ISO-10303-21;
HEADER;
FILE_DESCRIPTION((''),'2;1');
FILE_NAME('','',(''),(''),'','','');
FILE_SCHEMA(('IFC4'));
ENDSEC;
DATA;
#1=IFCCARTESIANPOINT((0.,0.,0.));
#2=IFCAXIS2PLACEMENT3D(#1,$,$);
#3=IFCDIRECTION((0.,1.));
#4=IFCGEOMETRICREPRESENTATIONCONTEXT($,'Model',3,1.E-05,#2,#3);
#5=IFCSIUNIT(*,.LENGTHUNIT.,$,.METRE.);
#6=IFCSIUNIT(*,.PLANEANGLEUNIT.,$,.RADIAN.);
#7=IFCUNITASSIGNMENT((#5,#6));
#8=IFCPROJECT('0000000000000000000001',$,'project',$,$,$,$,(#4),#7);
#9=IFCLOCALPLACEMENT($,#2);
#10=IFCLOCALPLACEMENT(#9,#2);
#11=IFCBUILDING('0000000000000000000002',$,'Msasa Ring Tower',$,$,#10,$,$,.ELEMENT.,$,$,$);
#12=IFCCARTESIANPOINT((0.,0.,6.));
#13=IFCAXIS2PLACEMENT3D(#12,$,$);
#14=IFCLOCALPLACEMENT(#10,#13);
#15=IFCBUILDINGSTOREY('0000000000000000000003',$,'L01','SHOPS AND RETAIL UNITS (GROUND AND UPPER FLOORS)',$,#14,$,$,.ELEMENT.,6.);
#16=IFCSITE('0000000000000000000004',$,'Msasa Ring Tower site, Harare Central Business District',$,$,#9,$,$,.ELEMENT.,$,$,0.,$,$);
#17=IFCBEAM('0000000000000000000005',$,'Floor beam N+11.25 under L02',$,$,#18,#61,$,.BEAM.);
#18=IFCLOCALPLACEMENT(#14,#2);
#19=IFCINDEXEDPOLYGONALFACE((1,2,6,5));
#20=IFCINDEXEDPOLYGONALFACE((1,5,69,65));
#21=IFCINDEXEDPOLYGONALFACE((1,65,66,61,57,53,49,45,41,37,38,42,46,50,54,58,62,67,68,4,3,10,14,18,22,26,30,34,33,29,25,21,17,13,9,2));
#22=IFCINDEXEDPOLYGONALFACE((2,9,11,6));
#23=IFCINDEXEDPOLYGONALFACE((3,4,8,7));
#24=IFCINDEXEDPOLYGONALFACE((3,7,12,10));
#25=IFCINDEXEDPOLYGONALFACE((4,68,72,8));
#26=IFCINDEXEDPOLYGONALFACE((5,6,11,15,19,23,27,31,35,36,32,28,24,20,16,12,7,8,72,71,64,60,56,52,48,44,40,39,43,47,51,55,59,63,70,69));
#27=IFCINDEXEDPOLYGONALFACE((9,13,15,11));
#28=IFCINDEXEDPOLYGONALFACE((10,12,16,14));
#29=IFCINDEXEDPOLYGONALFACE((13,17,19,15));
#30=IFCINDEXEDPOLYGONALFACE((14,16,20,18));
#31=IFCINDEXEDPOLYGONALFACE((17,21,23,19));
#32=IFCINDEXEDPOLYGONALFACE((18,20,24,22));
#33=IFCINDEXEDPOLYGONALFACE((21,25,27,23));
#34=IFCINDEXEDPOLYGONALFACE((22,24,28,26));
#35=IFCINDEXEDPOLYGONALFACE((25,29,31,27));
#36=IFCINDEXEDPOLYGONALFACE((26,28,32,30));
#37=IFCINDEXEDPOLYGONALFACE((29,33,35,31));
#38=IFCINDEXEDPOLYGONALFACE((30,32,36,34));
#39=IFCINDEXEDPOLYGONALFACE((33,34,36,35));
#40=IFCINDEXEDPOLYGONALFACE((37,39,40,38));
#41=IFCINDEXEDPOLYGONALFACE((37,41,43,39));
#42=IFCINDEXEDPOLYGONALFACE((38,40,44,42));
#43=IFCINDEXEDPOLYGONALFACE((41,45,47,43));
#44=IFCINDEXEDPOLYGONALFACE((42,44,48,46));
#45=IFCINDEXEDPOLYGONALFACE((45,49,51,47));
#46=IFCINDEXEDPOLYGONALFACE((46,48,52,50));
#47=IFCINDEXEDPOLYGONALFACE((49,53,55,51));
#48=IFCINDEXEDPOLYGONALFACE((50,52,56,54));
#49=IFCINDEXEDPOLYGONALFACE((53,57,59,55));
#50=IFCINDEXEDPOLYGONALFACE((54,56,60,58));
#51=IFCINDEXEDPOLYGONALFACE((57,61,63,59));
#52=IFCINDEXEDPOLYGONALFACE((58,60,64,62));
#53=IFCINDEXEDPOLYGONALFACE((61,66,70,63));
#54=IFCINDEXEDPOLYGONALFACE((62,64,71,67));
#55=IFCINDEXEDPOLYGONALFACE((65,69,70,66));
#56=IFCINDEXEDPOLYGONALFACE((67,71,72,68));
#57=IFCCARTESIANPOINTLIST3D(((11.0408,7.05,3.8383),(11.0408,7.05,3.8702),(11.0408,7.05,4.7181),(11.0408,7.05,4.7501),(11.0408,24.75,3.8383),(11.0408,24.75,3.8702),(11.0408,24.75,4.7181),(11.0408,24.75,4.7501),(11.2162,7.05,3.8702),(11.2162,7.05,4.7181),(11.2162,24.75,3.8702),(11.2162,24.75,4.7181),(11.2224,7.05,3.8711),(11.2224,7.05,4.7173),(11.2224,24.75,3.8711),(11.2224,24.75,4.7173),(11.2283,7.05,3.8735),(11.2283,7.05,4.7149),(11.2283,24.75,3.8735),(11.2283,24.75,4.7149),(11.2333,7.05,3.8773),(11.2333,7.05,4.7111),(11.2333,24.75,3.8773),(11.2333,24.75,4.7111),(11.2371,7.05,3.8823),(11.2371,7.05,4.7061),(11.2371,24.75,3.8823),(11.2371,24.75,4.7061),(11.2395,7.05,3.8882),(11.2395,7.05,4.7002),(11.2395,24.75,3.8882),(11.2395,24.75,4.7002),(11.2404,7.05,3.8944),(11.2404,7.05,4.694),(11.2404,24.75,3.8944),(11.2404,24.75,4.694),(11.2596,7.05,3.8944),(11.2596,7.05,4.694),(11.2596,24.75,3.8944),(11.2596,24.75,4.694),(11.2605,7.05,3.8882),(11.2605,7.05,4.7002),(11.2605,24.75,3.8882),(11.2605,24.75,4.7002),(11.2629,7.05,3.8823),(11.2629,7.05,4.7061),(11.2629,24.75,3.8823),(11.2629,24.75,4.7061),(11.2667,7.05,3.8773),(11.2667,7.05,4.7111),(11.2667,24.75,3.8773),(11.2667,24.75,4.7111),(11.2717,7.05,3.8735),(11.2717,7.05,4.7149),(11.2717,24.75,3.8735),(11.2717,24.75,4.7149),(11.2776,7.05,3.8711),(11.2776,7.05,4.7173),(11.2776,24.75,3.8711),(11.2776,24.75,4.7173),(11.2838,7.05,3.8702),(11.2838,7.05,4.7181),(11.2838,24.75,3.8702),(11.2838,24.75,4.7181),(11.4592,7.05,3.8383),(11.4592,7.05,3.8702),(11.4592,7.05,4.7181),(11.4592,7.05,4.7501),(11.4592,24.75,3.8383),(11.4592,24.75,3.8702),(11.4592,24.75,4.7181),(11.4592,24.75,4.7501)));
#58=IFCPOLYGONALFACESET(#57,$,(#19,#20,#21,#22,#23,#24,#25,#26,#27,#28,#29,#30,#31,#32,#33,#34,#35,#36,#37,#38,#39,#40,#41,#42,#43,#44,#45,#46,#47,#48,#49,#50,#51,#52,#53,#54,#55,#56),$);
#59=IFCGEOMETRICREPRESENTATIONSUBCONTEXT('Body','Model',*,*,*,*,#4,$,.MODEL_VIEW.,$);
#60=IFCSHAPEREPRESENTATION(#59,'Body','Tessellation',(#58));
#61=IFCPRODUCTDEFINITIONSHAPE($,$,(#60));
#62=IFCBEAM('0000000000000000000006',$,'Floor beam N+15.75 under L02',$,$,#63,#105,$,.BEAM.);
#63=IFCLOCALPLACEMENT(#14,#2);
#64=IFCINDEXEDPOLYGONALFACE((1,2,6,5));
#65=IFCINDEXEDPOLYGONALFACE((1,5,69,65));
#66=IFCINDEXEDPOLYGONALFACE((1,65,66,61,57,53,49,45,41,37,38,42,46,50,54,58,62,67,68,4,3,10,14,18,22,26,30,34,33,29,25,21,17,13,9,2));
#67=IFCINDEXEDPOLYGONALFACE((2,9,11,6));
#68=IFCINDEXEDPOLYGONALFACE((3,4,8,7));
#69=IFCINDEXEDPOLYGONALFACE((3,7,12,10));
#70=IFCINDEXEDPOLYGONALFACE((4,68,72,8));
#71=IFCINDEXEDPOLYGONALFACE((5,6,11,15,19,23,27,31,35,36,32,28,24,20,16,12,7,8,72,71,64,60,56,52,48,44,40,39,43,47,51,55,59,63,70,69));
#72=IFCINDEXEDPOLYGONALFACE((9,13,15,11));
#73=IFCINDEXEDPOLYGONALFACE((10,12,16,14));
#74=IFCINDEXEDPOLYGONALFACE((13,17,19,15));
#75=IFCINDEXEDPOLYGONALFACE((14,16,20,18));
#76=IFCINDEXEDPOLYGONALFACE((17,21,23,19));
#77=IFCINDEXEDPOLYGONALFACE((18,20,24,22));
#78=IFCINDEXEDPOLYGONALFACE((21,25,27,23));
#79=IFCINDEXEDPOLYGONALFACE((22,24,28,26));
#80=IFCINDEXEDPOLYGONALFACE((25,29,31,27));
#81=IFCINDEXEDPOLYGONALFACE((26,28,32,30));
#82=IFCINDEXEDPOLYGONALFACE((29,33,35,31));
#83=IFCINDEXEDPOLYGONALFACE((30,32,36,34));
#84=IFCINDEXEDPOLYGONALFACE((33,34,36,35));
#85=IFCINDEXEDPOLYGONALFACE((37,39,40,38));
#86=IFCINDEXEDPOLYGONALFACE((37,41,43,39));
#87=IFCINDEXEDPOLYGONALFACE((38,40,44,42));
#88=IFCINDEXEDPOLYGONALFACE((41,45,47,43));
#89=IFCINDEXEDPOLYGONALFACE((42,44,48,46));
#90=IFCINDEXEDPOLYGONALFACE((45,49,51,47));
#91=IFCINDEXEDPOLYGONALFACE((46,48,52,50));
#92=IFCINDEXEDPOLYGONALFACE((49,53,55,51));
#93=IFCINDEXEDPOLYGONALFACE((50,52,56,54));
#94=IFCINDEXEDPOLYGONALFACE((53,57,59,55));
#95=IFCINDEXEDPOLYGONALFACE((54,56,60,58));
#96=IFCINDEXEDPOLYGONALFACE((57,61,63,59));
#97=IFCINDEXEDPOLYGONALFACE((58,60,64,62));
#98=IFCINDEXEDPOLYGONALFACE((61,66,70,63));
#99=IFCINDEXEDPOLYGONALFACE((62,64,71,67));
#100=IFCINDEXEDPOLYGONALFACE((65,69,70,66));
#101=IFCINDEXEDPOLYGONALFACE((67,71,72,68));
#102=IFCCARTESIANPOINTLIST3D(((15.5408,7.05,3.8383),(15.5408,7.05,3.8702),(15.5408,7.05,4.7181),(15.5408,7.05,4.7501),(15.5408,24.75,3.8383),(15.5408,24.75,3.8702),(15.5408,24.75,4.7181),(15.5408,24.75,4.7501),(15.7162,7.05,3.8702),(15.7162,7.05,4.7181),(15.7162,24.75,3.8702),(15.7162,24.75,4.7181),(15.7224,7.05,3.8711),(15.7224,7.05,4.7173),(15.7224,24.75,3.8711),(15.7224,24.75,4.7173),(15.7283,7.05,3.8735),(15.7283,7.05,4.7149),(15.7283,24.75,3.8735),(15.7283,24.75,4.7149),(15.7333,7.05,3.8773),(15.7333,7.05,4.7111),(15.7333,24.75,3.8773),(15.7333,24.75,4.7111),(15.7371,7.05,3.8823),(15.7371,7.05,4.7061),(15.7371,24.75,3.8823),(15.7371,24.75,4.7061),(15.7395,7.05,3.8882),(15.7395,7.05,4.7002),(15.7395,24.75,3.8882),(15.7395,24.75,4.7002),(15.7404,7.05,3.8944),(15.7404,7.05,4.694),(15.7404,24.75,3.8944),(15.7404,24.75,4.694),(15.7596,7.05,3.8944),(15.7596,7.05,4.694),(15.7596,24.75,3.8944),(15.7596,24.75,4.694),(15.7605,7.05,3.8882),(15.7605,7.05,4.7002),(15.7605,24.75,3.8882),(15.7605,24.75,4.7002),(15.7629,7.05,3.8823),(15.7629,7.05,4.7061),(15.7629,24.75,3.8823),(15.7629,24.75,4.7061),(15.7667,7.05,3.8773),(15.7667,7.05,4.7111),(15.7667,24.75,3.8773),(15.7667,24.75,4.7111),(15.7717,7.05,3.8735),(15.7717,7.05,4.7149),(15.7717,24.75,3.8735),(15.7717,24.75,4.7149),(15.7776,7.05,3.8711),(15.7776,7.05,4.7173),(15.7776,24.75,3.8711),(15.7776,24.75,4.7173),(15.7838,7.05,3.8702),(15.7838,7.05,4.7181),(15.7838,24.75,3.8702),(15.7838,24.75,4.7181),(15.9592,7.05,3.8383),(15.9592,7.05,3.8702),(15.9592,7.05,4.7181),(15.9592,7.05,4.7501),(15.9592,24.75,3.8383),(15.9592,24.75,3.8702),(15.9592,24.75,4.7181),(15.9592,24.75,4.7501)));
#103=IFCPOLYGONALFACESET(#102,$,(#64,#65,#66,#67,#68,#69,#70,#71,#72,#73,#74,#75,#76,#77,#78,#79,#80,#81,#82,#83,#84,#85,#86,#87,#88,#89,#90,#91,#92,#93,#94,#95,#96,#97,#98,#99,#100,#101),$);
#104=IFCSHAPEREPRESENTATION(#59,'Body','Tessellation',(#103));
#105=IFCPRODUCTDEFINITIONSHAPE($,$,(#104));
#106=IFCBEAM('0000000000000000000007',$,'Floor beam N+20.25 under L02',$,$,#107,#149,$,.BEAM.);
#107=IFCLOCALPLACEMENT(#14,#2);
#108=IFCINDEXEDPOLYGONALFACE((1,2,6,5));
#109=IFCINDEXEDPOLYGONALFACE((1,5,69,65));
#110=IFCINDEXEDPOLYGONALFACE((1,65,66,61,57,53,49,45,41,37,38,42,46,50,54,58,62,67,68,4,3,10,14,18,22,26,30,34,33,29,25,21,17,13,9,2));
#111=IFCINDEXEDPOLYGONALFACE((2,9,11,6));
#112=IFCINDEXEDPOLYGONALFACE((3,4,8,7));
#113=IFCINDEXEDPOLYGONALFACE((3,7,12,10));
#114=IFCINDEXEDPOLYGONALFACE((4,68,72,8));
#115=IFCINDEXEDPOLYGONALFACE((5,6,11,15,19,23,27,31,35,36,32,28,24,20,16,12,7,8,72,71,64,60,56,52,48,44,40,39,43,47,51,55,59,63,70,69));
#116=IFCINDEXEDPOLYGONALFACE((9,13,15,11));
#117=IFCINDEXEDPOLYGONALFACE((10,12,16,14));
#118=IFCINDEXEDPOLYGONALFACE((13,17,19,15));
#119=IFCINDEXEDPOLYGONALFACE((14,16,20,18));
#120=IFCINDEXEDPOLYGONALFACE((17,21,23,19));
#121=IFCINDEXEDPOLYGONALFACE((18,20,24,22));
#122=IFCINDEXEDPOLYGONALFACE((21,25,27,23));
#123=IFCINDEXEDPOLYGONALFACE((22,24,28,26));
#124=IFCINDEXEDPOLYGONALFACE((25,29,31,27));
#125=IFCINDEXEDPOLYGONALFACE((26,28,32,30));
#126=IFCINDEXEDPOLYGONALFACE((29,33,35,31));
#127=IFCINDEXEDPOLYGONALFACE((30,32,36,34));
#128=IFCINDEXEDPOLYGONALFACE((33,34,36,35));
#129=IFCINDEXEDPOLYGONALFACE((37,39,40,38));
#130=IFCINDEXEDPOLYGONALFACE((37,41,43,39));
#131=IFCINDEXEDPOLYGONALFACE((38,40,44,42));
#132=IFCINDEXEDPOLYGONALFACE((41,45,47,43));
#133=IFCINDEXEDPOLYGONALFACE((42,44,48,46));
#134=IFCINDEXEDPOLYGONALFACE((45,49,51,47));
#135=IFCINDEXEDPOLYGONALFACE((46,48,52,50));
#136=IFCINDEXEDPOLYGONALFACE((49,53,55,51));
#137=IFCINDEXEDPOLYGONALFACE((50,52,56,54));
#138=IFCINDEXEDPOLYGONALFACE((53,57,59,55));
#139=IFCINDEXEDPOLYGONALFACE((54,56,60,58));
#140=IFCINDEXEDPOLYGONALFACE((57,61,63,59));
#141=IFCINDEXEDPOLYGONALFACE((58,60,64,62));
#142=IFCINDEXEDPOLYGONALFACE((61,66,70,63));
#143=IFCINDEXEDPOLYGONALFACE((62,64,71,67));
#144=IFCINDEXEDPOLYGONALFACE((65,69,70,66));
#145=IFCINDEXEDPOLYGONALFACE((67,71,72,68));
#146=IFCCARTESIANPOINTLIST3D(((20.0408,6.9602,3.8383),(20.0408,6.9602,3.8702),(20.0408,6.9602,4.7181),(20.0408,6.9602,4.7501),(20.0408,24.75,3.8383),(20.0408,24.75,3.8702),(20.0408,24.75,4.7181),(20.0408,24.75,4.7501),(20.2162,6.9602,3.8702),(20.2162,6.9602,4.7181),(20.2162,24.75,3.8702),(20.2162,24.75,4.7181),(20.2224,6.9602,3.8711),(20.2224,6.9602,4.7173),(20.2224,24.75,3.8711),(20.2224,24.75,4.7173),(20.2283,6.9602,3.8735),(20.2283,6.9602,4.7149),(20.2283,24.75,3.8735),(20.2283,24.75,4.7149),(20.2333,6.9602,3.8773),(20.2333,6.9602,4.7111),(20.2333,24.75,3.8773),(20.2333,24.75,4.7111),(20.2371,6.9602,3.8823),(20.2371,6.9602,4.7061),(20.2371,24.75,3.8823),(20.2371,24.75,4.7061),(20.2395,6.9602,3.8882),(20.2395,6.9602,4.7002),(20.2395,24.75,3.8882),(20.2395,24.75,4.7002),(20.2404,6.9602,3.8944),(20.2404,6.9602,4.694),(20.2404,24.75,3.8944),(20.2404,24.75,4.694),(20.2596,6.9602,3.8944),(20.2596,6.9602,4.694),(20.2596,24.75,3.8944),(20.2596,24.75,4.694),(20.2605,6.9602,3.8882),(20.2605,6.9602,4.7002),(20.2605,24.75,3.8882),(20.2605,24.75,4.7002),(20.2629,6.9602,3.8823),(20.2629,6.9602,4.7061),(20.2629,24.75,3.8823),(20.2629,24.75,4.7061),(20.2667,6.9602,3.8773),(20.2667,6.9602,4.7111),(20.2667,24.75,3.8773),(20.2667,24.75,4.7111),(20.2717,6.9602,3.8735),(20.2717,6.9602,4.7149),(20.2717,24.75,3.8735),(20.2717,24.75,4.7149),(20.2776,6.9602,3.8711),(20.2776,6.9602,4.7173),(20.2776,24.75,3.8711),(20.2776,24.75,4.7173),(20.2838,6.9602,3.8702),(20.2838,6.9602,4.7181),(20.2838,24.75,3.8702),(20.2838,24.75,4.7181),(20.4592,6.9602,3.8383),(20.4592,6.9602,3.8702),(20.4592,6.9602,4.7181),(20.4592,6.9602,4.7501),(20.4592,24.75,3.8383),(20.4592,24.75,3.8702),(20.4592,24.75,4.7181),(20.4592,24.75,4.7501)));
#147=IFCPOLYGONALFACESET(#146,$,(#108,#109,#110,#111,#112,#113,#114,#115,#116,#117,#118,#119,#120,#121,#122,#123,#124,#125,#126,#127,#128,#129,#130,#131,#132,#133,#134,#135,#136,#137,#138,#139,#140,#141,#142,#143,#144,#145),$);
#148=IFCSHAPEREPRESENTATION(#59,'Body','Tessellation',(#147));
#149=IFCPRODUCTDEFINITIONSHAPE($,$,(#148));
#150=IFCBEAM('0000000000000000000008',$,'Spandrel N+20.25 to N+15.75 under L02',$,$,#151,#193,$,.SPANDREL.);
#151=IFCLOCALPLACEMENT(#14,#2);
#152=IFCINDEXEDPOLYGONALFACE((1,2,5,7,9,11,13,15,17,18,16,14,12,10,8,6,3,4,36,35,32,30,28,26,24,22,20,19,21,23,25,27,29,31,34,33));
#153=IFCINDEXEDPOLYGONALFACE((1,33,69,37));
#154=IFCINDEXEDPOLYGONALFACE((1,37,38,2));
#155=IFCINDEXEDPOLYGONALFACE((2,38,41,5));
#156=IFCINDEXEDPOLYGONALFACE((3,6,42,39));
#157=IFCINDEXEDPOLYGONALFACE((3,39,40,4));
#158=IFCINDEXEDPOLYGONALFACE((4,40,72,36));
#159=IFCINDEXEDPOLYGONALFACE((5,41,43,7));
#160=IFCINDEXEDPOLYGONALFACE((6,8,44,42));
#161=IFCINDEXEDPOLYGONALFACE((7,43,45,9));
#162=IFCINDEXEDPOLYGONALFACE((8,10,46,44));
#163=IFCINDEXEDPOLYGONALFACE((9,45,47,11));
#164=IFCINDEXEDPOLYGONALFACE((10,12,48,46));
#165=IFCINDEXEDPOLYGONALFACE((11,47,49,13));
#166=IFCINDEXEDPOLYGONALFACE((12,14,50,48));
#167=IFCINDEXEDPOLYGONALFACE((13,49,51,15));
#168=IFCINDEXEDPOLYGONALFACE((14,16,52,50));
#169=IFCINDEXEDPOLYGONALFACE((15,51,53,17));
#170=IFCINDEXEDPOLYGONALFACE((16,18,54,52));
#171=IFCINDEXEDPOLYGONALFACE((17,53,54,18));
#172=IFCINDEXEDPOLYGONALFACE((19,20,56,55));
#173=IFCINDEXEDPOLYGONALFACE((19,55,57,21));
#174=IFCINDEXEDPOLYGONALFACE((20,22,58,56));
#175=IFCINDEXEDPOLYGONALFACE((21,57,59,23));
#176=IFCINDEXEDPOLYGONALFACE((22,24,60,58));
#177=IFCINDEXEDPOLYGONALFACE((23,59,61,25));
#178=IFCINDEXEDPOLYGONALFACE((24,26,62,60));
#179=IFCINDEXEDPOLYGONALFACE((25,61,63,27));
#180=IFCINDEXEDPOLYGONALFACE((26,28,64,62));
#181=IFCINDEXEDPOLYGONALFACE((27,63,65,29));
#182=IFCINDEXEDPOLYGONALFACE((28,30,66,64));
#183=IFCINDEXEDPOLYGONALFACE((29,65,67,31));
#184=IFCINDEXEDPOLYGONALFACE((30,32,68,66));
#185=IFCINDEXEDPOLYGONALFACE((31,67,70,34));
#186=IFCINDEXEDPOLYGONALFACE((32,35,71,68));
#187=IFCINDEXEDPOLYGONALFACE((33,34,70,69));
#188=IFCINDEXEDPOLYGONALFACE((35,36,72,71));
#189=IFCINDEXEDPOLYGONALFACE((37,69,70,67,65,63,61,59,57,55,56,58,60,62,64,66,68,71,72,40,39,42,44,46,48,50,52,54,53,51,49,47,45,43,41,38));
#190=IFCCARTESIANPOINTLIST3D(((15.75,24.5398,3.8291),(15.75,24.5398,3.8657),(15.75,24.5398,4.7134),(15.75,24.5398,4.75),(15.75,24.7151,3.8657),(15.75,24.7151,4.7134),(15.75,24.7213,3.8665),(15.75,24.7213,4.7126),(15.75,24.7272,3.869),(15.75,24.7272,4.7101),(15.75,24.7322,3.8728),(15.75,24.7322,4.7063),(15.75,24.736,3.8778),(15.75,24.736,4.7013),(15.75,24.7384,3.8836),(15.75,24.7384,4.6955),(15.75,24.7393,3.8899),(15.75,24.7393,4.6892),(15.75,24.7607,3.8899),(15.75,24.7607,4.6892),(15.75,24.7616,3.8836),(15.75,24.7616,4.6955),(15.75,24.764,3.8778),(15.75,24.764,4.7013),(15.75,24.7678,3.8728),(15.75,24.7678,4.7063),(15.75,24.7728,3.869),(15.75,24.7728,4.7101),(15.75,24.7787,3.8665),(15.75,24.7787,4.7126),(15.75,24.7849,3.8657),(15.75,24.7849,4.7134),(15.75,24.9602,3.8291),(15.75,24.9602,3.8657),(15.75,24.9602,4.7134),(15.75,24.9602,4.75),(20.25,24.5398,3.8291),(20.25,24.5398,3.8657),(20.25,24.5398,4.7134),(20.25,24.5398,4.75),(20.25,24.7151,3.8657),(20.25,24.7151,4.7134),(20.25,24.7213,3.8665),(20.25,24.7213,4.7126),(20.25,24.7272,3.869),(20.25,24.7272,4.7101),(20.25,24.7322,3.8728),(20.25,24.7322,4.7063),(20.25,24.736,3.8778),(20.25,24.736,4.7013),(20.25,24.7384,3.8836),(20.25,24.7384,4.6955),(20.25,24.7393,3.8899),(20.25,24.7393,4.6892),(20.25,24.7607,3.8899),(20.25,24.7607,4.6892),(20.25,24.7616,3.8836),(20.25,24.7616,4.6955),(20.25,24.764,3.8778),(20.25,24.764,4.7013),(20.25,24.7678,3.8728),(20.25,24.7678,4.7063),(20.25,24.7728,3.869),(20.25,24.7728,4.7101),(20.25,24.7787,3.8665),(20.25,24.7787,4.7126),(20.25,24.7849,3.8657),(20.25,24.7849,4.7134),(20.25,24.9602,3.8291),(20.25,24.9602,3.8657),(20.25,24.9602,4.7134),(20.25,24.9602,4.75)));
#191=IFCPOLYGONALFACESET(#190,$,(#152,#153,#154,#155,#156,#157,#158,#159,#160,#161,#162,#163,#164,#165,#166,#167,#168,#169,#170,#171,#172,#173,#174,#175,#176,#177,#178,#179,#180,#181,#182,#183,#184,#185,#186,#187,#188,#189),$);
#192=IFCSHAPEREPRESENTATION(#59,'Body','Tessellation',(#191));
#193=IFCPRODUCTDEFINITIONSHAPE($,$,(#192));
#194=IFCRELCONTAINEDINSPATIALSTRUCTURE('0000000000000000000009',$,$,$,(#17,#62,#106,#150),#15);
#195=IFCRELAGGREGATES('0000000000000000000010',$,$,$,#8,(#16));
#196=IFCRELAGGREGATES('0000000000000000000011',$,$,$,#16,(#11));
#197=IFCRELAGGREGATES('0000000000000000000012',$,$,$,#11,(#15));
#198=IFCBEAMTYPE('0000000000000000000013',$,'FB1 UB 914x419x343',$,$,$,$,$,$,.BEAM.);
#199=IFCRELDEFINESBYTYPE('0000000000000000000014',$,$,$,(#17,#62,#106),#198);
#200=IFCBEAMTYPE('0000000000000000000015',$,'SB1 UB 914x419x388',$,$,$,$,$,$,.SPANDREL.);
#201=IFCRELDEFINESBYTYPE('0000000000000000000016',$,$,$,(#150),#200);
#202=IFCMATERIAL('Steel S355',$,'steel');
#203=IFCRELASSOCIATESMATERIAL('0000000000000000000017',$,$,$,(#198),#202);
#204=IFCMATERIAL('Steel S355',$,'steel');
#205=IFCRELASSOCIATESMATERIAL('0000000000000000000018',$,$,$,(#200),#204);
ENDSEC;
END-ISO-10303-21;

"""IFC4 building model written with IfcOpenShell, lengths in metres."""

from ifc_helpers import new_model, si_unit, direction, frame, origin, origin_2d, place, context, subcontext, project, spatial, i_section, extrude, material, material_profile, profile_set, type_object, element, save


model = new_model("IFC4")

# Units and contexts
model_context = context("Model", 3, precision=1e-05, world=origin(), true_north=direction((0.0, 1.0)))
body_context = subcontext(model_context, "Body", "Model", "MODEL_VIEW")
ifc_project = project(units=[si_unit("LENGTHUNIT", "METRE"), si_unit("PLANEANGLEUNIT", "RADIAN")], contexts=[model_context])

# Site, building, storey
site_placement = place(None, origin())
site = spatial("IfcSite", under=ifc_project, at=site_placement, Name="Msasa Ring Tower site, Harare Central Business District", CompositionType="ELEMENT", RefElevation=0.0)
building_placement = place(site_placement, origin())
building = spatial("IfcBuilding", under=site, at=building_placement, Name="Msasa Ring Tower", CompositionType="ELEMENT")
storey_placement = place(building_placement, frame((0.0, 0.0, 6.0)))
storey = spatial("IfcBuildingStorey", under=building, at=storey_placement, Name="L01", Description="SHOPS AND RETAIL UNITS (GROUND AND UPPER FLOORS)", CompositionType="ELEMENT", Elevation=6.0)

# Beams
ifc_material_1 = material(Name="Steel S355", Category="steel")
ifc_material_profile_1 = material_profile(ifc_material_1, i_section(OverallWidth=0.4185, OverallDepth=0.9119, WebThickness=0.0193, FlangeThickness=0.032, FilletRadius=0.0242, at=origin_2d()), Name="UB 914x419x343")
ifc_profile_set_1 = profile_set([ifc_material_profile_1], Name="Steel S355")
beam_type_1 = type_object("IfcBeamType", Name="FB1 UB 914x419x343", PredefinedType="BEAM", material=ifc_profile_set_1)
for number, where, z_axis, x_axis, name in (
    (1, (11.25, 24.75, 4.2942), (0.0, -1.0, 0.0), (1.0, 0.0, 0.0), "Floor beam N+11.25 under L02"),
    (2, (15.75, 24.75, 4.2942), (0.0, -1.0, 0.0), (1.0, 0.0, 0.0), "Floor beam N+15.75 under L02"),
):
    element("IfcBeam", number, at=place(storey_placement, frame(where, z_axis=z_axis, x_axis=x_axis)), inside=storey, type_object=beam_type_1, Name=name, PredefinedType="BEAM", context=body_context, shape_type="SweptSolid", body=[
        extrude(i_section(OverallWidth=0.4185, OverallDepth=0.9119, WebThickness=0.0193, FlangeThickness=0.032, FilletRadius=0.0242, at=origin_2d()), origin(), (0.0, 0.0, 1.0), 17.7),
    ])
beam_placement = place(storey_placement, frame((20.25, 24.75, 4.2942), z_axis=(0.0, -1.0, 0.0), x_axis=(1.0, 0.0, 0.0)))
element("IfcBeam", 3, at=beam_placement, inside=storey, type_object=beam_type_1, Name="Floor beam N+20.25 under L02", PredefinedType="BEAM", context=body_context, shape_type="SweptSolid", body=[
    extrude(i_section(OverallWidth=0.4185, OverallDepth=0.9119, WebThickness=0.0193, FlangeThickness=0.032, FilletRadius=0.0242, at=origin_2d()), origin(), (0.0, 0.0, 1.0), 17.7898),
])
ifc_material_2 = material(Name="Steel S355", Category="steel")
ifc_material_profile_2 = material_profile(ifc_material_2, i_section(OverallWidth=0.4204, OverallDepth=0.9209, WebThickness=0.0215, FlangeThickness=0.0366, FilletRadius=0.0242, at=origin_2d()), Name="UB 914x419x388")
ifc_profile_set_2 = profile_set([ifc_material_profile_2], Name="Steel S355")
beam_type_2 = type_object("IfcBeamType", Name="SB1 UB 914x419x388", PredefinedType="SPANDREL", material=ifc_profile_set_2)
for number, where, z_axis, x_axis, name in (
    (4, (20.25, 24.75, 4.2896), (-1.0, 0.0, 0.0), (0.0, -1.0, 0.0), "Spandrel N+20.25 to N+15.75 under L02"),
):
    element("IfcBeam", number, at=place(storey_placement, frame(where, z_axis=z_axis, x_axis=x_axis)), inside=storey, type_object=beam_type_2, Name=name, PredefinedType="SPANDREL", context=body_context, shape_type="SweptSolid", body=[
        extrude(i_section(OverallWidth=0.4204, OverallDepth=0.9209, WebThickness=0.0215, FlangeThickness=0.0366, FilletRadius=0.0242, at=origin_2d()), origin(), (0.0, 0.0, 1.0), 4.5),
    ])

save(model, "model.ifc")
